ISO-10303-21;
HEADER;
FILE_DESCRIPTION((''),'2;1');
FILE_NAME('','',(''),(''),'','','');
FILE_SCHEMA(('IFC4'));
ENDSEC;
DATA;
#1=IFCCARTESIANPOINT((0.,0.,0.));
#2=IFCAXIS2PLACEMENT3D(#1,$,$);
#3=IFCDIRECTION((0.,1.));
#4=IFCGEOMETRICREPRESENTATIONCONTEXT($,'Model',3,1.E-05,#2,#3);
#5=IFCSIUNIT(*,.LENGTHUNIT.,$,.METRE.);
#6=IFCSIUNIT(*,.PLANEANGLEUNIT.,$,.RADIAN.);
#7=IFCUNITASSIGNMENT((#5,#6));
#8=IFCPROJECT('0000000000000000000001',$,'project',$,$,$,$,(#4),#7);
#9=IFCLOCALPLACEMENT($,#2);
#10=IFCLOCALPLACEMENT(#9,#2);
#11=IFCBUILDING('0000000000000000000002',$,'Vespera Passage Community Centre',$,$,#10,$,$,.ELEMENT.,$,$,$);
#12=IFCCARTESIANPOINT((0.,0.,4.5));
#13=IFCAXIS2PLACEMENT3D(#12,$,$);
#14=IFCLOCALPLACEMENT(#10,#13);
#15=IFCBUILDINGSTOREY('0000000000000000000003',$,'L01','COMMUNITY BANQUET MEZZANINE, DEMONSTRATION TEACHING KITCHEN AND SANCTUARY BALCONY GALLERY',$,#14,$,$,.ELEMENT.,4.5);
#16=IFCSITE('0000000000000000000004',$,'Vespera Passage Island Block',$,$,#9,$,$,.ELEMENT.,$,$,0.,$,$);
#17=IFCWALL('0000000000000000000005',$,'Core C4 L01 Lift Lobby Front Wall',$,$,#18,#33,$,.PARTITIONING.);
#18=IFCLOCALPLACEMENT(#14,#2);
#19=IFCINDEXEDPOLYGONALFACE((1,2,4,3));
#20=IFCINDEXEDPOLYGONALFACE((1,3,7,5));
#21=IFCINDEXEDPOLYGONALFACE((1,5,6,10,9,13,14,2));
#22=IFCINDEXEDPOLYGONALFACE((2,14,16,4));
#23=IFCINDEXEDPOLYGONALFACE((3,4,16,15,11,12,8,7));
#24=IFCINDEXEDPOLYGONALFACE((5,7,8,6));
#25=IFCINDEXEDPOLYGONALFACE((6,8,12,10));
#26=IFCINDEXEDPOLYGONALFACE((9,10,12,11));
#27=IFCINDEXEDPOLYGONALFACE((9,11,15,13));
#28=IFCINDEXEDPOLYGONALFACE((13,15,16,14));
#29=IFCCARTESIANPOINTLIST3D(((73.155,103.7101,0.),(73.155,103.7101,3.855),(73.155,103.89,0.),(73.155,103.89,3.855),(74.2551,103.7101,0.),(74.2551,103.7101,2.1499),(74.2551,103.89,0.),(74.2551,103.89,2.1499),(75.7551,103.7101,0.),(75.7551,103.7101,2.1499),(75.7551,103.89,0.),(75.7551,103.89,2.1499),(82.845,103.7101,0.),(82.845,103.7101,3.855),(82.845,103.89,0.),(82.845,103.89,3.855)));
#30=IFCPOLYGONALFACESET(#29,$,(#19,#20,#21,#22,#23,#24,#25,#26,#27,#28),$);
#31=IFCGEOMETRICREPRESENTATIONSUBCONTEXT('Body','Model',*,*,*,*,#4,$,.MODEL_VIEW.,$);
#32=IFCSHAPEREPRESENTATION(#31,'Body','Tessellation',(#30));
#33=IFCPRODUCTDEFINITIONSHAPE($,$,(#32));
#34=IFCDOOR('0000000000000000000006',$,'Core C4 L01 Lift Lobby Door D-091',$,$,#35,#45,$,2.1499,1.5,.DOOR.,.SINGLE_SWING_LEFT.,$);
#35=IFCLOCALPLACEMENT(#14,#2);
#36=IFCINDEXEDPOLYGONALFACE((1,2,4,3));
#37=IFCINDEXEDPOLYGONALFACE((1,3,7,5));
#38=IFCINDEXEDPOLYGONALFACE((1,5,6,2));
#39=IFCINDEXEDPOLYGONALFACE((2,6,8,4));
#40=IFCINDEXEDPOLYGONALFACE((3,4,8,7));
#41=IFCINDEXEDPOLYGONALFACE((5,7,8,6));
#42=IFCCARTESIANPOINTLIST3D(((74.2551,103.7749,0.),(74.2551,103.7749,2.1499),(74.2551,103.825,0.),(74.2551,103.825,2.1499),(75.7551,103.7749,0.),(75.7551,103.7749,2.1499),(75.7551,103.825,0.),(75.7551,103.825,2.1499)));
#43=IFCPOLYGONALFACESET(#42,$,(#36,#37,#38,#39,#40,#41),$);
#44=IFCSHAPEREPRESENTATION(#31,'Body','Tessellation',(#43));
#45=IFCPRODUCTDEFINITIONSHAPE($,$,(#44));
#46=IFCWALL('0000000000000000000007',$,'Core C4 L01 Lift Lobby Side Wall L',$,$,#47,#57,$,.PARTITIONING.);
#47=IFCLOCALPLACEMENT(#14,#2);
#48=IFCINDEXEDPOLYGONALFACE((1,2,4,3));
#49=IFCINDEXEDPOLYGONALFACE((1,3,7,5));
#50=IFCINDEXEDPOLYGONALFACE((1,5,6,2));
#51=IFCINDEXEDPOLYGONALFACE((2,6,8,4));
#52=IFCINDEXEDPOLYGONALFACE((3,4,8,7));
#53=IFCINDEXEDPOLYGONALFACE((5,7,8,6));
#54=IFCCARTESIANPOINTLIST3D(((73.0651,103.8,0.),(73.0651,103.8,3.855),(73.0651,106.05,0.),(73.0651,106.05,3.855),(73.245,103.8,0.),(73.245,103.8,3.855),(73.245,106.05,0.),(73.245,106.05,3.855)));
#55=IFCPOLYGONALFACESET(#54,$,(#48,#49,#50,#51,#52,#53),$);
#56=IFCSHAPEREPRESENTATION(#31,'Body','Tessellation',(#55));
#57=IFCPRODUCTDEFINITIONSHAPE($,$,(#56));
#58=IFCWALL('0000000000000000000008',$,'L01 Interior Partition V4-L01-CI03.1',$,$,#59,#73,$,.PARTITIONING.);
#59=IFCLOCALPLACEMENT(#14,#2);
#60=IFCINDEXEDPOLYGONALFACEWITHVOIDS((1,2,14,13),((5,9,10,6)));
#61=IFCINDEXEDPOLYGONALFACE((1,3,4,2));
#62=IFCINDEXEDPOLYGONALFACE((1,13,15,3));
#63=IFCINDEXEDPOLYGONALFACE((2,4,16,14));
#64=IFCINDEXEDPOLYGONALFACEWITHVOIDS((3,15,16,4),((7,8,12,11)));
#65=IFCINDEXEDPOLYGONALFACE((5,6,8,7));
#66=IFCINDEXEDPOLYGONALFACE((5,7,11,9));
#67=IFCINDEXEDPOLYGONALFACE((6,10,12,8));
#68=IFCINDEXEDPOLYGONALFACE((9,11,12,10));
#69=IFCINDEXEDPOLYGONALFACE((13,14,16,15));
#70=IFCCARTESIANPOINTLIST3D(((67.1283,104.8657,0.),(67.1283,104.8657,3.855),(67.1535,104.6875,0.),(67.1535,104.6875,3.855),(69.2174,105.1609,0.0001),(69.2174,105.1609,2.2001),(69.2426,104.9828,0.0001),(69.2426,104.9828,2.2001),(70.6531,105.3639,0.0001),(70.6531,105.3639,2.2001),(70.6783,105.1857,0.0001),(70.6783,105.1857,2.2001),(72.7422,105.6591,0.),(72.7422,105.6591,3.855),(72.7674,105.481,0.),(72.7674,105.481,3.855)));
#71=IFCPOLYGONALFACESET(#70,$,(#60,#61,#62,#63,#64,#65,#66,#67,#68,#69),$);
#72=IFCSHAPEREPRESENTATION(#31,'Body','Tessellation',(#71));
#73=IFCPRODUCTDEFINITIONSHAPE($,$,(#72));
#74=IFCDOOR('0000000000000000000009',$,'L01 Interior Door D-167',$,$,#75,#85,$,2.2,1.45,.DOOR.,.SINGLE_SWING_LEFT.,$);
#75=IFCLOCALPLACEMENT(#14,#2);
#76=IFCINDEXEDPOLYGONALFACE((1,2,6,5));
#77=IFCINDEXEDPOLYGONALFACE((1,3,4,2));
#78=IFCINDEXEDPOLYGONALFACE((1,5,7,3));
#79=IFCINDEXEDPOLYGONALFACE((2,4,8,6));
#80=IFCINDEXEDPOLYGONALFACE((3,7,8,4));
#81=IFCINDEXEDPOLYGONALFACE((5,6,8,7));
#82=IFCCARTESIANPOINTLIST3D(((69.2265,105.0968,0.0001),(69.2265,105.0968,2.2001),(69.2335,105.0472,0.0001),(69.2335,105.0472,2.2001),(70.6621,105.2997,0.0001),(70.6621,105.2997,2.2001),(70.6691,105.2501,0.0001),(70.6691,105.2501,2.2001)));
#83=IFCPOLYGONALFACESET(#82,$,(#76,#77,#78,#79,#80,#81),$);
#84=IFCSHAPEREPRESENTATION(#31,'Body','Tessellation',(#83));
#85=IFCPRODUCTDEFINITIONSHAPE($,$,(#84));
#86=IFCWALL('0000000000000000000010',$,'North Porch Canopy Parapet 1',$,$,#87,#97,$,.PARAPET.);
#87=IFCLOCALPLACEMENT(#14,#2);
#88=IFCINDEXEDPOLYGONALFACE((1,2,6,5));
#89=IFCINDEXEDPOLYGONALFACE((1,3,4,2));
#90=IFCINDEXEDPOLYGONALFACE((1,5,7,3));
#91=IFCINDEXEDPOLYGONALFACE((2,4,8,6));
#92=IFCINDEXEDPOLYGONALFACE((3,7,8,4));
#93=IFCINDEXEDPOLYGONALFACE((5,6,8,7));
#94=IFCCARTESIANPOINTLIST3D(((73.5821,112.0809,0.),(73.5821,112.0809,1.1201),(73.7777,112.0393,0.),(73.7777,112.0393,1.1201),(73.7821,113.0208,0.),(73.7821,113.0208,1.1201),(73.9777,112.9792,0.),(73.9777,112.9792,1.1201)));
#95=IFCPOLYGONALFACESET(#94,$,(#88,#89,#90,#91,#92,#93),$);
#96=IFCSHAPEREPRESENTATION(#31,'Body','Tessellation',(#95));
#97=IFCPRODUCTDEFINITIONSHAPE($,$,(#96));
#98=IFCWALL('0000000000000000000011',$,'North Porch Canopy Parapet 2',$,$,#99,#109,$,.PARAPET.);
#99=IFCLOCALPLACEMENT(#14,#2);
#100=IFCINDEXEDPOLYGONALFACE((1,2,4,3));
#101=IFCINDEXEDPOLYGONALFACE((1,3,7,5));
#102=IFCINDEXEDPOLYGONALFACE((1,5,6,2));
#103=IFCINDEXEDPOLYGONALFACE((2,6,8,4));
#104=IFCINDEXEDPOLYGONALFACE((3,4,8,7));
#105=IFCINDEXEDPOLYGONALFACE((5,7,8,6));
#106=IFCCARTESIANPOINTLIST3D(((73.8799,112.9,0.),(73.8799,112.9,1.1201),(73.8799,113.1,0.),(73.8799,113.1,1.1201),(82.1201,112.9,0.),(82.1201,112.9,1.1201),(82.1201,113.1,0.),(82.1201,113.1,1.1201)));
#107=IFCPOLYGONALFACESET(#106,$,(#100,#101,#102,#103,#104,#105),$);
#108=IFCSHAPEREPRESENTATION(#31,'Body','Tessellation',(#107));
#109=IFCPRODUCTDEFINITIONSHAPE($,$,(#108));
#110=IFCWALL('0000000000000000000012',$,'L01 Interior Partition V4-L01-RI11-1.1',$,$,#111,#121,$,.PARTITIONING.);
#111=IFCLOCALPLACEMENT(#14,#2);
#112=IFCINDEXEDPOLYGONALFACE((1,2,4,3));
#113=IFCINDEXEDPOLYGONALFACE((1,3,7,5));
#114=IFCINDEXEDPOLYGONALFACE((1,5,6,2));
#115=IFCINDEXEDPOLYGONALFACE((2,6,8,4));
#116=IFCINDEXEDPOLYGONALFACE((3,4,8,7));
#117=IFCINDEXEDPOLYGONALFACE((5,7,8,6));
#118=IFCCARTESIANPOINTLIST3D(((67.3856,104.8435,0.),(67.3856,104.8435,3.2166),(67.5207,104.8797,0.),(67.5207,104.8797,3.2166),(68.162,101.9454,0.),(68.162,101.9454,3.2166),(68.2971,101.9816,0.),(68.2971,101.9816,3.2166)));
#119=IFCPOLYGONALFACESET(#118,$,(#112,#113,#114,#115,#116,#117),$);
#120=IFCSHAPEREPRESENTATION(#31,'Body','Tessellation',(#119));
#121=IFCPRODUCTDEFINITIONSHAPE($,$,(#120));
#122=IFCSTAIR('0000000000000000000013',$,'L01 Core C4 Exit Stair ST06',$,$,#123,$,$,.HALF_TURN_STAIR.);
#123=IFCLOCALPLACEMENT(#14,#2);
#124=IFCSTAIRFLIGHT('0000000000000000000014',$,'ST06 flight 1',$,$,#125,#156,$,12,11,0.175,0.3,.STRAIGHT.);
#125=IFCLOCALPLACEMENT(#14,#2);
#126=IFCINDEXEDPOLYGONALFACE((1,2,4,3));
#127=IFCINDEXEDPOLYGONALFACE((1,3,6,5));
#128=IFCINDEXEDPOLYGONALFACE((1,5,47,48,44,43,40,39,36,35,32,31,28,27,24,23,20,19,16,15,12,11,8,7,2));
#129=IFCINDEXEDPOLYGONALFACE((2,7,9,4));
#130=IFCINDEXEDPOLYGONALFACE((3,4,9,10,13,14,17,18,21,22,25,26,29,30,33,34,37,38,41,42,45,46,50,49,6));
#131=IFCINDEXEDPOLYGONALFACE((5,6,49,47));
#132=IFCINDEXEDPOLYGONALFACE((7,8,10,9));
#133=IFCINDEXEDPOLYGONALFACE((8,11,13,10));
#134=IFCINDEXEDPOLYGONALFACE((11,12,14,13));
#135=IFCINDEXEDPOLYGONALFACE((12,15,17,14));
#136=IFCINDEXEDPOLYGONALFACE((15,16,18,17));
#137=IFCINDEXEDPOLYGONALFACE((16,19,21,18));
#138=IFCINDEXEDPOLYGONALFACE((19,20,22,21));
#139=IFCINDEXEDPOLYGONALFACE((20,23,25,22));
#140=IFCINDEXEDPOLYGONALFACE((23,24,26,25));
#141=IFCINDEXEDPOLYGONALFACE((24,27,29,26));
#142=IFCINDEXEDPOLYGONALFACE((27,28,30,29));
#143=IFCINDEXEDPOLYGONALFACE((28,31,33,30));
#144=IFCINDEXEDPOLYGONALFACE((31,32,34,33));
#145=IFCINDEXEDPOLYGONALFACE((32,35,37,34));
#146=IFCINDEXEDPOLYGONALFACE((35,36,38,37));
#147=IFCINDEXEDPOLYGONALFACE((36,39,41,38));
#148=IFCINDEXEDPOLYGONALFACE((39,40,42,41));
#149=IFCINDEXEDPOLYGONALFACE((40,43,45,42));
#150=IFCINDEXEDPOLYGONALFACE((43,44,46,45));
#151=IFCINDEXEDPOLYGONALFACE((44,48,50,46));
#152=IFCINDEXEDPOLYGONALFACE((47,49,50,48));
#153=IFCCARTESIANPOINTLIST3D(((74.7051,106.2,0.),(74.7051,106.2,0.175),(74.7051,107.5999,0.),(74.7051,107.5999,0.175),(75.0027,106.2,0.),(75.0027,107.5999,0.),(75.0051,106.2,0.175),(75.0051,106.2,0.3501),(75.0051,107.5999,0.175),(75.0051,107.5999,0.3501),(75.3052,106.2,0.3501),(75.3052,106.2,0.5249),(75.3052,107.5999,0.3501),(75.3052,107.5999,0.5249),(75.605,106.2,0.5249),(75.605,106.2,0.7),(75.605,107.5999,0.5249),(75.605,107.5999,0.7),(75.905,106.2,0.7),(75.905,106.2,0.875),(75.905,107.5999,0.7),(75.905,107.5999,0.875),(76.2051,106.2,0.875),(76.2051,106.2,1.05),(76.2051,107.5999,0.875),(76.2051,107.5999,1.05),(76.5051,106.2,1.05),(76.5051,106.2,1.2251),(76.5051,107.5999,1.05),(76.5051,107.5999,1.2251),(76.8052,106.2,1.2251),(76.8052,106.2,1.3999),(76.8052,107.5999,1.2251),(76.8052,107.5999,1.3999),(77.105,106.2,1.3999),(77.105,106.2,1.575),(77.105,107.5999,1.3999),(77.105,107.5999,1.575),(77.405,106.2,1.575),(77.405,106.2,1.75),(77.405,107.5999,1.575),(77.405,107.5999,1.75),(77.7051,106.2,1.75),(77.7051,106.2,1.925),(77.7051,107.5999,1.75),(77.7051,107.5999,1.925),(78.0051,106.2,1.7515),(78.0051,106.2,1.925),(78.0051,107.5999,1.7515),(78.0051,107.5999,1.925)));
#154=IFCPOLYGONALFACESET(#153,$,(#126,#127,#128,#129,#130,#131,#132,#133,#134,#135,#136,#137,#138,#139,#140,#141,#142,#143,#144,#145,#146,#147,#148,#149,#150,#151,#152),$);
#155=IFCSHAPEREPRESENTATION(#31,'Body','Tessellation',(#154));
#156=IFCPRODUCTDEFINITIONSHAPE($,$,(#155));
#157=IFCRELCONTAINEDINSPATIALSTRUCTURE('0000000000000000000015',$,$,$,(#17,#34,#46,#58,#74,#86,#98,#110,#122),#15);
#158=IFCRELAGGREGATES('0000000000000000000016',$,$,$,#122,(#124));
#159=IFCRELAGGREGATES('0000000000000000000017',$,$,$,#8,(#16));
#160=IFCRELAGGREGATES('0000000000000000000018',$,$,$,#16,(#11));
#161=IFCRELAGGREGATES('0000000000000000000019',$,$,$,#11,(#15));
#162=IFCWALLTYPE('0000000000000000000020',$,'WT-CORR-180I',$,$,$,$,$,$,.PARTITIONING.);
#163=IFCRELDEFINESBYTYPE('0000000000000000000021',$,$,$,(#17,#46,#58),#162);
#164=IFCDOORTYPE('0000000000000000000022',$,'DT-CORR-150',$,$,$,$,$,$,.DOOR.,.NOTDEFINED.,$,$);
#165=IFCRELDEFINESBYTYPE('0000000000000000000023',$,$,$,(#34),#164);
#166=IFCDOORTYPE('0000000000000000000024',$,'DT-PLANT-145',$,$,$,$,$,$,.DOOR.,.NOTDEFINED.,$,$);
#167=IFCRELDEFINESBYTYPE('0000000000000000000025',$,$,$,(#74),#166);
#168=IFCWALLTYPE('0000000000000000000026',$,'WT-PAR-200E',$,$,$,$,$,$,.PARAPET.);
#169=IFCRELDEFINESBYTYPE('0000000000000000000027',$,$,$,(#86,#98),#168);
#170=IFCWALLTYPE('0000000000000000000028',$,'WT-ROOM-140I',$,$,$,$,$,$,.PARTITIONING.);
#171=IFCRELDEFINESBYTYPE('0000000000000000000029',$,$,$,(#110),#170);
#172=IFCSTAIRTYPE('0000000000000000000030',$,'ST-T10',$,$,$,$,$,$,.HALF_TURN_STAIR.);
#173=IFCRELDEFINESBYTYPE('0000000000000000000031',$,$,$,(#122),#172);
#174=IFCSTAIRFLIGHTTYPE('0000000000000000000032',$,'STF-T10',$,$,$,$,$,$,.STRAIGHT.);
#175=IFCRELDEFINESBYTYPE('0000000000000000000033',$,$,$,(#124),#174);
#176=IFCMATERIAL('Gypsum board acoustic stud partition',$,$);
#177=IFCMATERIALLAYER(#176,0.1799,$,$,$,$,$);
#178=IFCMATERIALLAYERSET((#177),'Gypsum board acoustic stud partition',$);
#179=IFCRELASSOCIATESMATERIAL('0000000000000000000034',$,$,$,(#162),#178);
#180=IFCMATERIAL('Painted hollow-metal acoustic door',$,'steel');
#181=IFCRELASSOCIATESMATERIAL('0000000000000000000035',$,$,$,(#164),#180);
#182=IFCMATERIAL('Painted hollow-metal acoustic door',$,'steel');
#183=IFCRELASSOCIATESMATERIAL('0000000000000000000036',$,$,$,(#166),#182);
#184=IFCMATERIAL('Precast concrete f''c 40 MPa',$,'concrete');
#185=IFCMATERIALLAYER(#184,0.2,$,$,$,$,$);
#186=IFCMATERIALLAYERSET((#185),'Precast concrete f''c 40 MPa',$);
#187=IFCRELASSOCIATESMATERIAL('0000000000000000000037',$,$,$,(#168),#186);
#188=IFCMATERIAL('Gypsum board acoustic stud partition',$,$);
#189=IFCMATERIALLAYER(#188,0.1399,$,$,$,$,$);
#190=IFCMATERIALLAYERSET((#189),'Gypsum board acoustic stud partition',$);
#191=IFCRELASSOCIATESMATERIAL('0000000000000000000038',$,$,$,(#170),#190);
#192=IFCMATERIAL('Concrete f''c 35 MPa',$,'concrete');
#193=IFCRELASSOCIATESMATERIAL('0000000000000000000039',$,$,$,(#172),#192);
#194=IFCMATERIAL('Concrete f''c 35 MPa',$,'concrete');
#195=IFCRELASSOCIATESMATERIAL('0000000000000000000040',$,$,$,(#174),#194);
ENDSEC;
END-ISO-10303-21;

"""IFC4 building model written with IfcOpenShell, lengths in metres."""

from ifc_helpers import new_model, si_unit, direction, frame, frame_2d, origin, place, context, subcontext, project, spatial, polyline, rectangle, outline, extrude, material, layer, layer_set, type_object, element, fill, aggregate, save


model = new_model("IFC4")

# Units and contexts
model_context = context("Model", 3, precision=1e-05, world=origin(), true_north=direction((0.0, 1.0)))
body_context = subcontext(model_context, "Body", "Model", "MODEL_VIEW")
ifc_project = project(units=[si_unit("LENGTHUNIT", "METRE"), si_unit("PLANEANGLEUNIT", "RADIAN")], contexts=[model_context])

# Site, building, storey
site_placement = place(None, origin())
site = spatial("IfcSite", under=ifc_project, at=site_placement, Name="Vespera Passage Island Block", CompositionType="ELEMENT", RefElevation=0.0)
building_placement = place(site_placement, origin())
building = spatial("IfcBuilding", under=site, at=building_placement, Name="Vespera Passage Community Centre", CompositionType="ELEMENT")
storey_placement = place(building_placement, frame((0.0, 0.0, 4.5)))
storey = spatial("IfcBuildingStorey", under=building, at=storey_placement, Name="L01", Description="COMMUNITY BANQUET MEZZANINE, DEMONSTRATION TEACHING KITCHEN AND SANCTUARY BALCONY GALLERY", CompositionType="ELEMENT", Elevation=4.5)

# Wall, opening, door
ifc_material_1 = material(Name="Gypsum board acoustic stud partition")
ifc_layer_1 = layer(ifc_material_1, 0.1799)
ifc_layer_set_1 = layer_set([ifc_layer_1], Name="Gypsum board acoustic stud partition")
wall_type_1 = type_object("IfcWallType", Name="WT-CORR-180I", PredefinedType="PARTITIONING", material=ifc_layer_set_1)
wall_1_placement = place(storey_placement, frame((73.155, 103.8, 0.0), z_axis=(0.0, 0.0, 1.0), x_axis=(1.0, 0.0, 0.0)))
wall_1 = element("IfcWall", 1, at=wall_1_placement, inside=storey, type_object=wall_type_1, Name="Core C4 L01 Lift Lobby Front Wall", PredefinedType="PARTITIONING", context=body_context, shape_type="SweptSolid", body=[
    extrude(rectangle(XDim=9.6899, YDim=0.1799, at=frame_2d((4.845, 0.0))), origin(), (0.0, 0.0, 1.0), 3.855),
])
opening_1_placement = place(wall_1_placement, frame((1.1001, 0.0, 0.0)))
opening_1 = element("IfcOpeningElement", 2, at=opening_1_placement, cuts=wall_1, PredefinedType="OPENING", context=body_context, shape_type="SweptSolid", body=[
    extrude(rectangle(XDim=1.5, YDim=2.1499, at=frame_2d((0.75, 1.075))), frame((0.0, 0.0999, 0.0), z_axis=(0.0, -1.0, 0.0), x_axis=(1.0, 0.0, 0.0)), (0.0, 0.0, 1.0), 0.2),
])
ifc_material_2 = material(Name="Painted hollow-metal acoustic door", Category="steel")
door_type_1 = type_object("IfcDoorType", Name="DT-CORR-150", OperationType="NOTDEFINED", PredefinedType="DOOR", material=ifc_material_2)
door_1_placement = place(opening_1_placement, origin())
door_1 = element("IfcDoor", 3, at=door_1_placement, inside=storey, type_object=door_type_1, Name="Core C4 L01 Lift Lobby Door D-091", OperationType="SINGLE_SWING_LEFT", OverallHeight=2.1499, OverallWidth=1.5, PredefinedType="DOOR", context=body_context, shape_type="SweptSolid", body=[
    extrude(rectangle(XDim=1.5, YDim=2.1499, at=frame_2d((0.75, 1.075))), frame((0.0, 0.0249, 0.0), z_axis=(0.0, -1.0, 0.0), x_axis=(1.0, 0.0, 0.0)), (0.0, 0.0, 1.0), 0.05),
])
fill(opening_1, door_1)

# Wall
wall_2_placement = place(storey_placement, frame((73.155, 106.05, 0.0), z_axis=(0.0, 0.0, 1.0), x_axis=(0.0, -1.0, 0.0)))
element("IfcWall", 4, at=wall_2_placement, inside=storey, type_object=wall_type_1, Name="Core C4 L01 Lift Lobby Side Wall L", PredefinedType="PARTITIONING", context=body_context, shape_type="SweptSolid", body=[
    extrude(rectangle(XDim=2.25, YDim=0.1799, at=frame_2d((1.125, 0.0))), origin(), (0.0, 0.0, 1.0), 3.855),
])

# Wall, opening, door
wall_3_placement = place(storey_placement, frame((72.7549, 105.5701, 0.0), z_axis=(0.0, 0.0, 1.0), x_axis=(-0.990159, -0.13995, 0.0)))
wall_3 = element("IfcWall", 5, at=wall_3_placement, inside=storey, type_object=wall_type_1, Name="L01 Interior Partition V4-L01-CI03.1", PredefinedType="PARTITIONING", context=body_context, shape_type="SweptSolid", body=[
    extrude(rectangle(XDim=5.6697, YDim=0.1799, at=frame_2d((2.835, 0.0))), origin(), (0.0, 0.0, 1.0), 3.855),
])
opening_2_placement = place(wall_3_placement, frame((2.1099, 0.0, 0.0)))
opening_2 = element("IfcOpeningElement", 6, at=opening_2_placement, cuts=wall_3, PredefinedType="OPENING", context=body_context, shape_type="SweptSolid", body=[
    extrude(rectangle(XDim=1.45, YDim=2.2, at=frame_2d((0.7251, 1.1001))), frame((0.0, 0.0999, 0.0), z_axis=(0.0, -1.0, 0.0), x_axis=(1.0, 0.0, 0.0)), (0.0, 0.0, 1.0), 0.2),
])
ifc_material_3 = material(Name="Painted hollow-metal acoustic door", Category="steel")
door_type_2 = type_object("IfcDoorType", Name="DT-PLANT-145", OperationType="NOTDEFINED", PredefinedType="DOOR", material=ifc_material_3)
door_2_placement = place(opening_2_placement, origin())
door_2 = element("IfcDoor", 7, at=door_2_placement, inside=storey, type_object=door_type_2, Name="L01 Interior Door D-167", OperationType="SINGLE_SWING_LEFT", OverallHeight=2.2, OverallWidth=1.45, PredefinedType="DOOR", context=body_context, shape_type="SweptSolid", body=[
    extrude(rectangle(XDim=1.45, YDim=2.2, at=frame_2d((0.7251, 1.1001))), frame((0.0, 0.0249, 0.0), z_axis=(0.0, -1.0, 0.0), x_axis=(1.0, 0.0, 0.0)), (0.0, 0.0, 1.0), 0.05),
])
fill(opening_2, door_2)

# Walls
ifc_material_4 = material(Name="Precast concrete f'c 40 MPa", Category="concrete")
ifc_layer_2 = layer(ifc_material_4, 0.2)
ifc_layer_set_2 = layer_set([ifc_layer_2], Name="Precast concrete f'c 40 MPa")
wall_type_2 = type_object("IfcWallType", Name="WT-PAR-200E", PredefinedType="PARAPET", material=ifc_layer_set_2)
wall_4_placement = place(storey_placement, frame((73.6799, 112.0601, 0.0), z_axis=(0.0, 0.0, 1.0), x_axis=(0.208071, 0.978114, 0.0)))
element("IfcWall", 8, at=wall_4_placement, inside=storey, type_object=wall_type_2, Name="North Porch Canopy Parapet 1", PredefinedType="PARAPET", context=body_context, shape_type="SweptSolid", body=[
    extrude(rectangle(XDim=0.9609, YDim=0.2, at=frame_2d((0.4805, 0.0))), origin(), (0.0, 0.0, 1.0), 1.1201),
])
wall_5_placement = place(storey_placement, frame((73.8799, 113.0, 0.0), z_axis=(0.0, 0.0, 1.0), x_axis=(1.0, 0.0, 0.0)))
element("IfcWall", 9, at=wall_5_placement, inside=storey, type_object=wall_type_2, Name="North Porch Canopy Parapet 2", PredefinedType="PARAPET", context=body_context, shape_type="SweptSolid", body=[
    extrude(rectangle(XDim=8.2402, YDim=0.2, at=frame_2d((4.1201, 0.0))), origin(), (0.0, 0.0, 1.0), 1.1201),
])
ifc_material_5 = material(Name="Gypsum board acoustic stud partition")
ifc_layer_3 = layer(ifc_material_5, 0.1399)
ifc_layer_set_3 = layer_set([ifc_layer_3], Name="Gypsum board acoustic stud partition")
wall_type_3 = type_object("IfcWallType", Name="WT-ROOM-140I", PredefinedType="PARTITIONING", material=ifc_layer_set_3)
wall_6_placement = place(storey_placement, frame((68.2295, 101.9636, 0.0), z_axis=(0.0, 0.0, 1.0), x_axis=(-0.258777, 0.965937, 0.0)))
element("IfcWall", 10, at=wall_6_placement, inside=storey, type_object=wall_type_3, Name="L01 Interior Partition V4-L01-RI11-1.1", PredefinedType="PARTITIONING", context=body_context, shape_type="SweptSolid", body=[
    extrude(rectangle(XDim=3.0002, YDim=0.1399, at=frame_2d((1.5, 0.0))), origin(), (0.0, 0.0, 1.0), 3.2166),
])

# Stair, stair flight
ifc_material_6 = material(Name="Concrete f'c 35 MPa", Category="concrete")
stair_type = type_object("IfcStairType", Name="ST-T10", PredefinedType="HALF_TURN_STAIR", material=ifc_material_6)
stair_placement = place(storey_placement, origin())
stair = element("IfcStair", 11, at=stair_placement, inside=storey, type_object=stair_type, Name="L01 Core C4 Exit Stair ST06", PredefinedType="HALF_TURN_STAIR")
ifc_material_7 = material(Name="Concrete f'c 35 MPa", Category="concrete")
stair_flight_type = type_object("IfcStairFlightType", Name="STF-T10", PredefinedType="STRAIGHT", material=ifc_material_7)
stair_flight_placement = place(storey_placement, frame((74.7051, 106.8999, 0.0), z_axis=(0.0, 0.0, 1.0), x_axis=(1.0, 0.0, 0.0)))
stair_flight = element("IfcStairFlight", 12, at=stair_flight_placement, type_object=stair_flight_type, Name="ST06 flight 1", NumberOfRisers=12, NumberOfTreads=11, PredefinedType="STRAIGHT", RiserHeight=0.175, TreadLength=0.3, context=body_context, shape_type="SweptSolid", body=[
    extrude(outline(polyline([(0.0, 0.0), (0.0, 0.175), (0.3, 0.175), (0.3, 0.3501), (0.6001, 0.3501), (0.6001, 0.5249), (0.8999, 0.5249), (0.8999, 0.7), (1.2, 0.7), (1.2, 0.875), (1.5, 0.875), (1.5, 1.05), (1.8, 1.05), (1.8, 1.2251), (2.1001, 1.2251), (2.1001, 1.3999), (2.3999, 1.3999), (2.3999, 1.575), (2.7, 1.575), (2.7, 1.75), (3.0, 1.75), (3.0, 1.925), (3.3, 1.925), (3.3, 2.1001), (3.3, 1.7515), (0.2976, 0.0), (0.0, 0.0)])), frame((0.0, 0.7, 0.0), z_axis=(0.0, -1.0, 0.0), x_axis=(1.0, 0.0, 0.0)), (0.0, 0.0, 1.0), 1.3999),
])
aggregate(stair, [stair_flight])

save(model, "model.ifc")
